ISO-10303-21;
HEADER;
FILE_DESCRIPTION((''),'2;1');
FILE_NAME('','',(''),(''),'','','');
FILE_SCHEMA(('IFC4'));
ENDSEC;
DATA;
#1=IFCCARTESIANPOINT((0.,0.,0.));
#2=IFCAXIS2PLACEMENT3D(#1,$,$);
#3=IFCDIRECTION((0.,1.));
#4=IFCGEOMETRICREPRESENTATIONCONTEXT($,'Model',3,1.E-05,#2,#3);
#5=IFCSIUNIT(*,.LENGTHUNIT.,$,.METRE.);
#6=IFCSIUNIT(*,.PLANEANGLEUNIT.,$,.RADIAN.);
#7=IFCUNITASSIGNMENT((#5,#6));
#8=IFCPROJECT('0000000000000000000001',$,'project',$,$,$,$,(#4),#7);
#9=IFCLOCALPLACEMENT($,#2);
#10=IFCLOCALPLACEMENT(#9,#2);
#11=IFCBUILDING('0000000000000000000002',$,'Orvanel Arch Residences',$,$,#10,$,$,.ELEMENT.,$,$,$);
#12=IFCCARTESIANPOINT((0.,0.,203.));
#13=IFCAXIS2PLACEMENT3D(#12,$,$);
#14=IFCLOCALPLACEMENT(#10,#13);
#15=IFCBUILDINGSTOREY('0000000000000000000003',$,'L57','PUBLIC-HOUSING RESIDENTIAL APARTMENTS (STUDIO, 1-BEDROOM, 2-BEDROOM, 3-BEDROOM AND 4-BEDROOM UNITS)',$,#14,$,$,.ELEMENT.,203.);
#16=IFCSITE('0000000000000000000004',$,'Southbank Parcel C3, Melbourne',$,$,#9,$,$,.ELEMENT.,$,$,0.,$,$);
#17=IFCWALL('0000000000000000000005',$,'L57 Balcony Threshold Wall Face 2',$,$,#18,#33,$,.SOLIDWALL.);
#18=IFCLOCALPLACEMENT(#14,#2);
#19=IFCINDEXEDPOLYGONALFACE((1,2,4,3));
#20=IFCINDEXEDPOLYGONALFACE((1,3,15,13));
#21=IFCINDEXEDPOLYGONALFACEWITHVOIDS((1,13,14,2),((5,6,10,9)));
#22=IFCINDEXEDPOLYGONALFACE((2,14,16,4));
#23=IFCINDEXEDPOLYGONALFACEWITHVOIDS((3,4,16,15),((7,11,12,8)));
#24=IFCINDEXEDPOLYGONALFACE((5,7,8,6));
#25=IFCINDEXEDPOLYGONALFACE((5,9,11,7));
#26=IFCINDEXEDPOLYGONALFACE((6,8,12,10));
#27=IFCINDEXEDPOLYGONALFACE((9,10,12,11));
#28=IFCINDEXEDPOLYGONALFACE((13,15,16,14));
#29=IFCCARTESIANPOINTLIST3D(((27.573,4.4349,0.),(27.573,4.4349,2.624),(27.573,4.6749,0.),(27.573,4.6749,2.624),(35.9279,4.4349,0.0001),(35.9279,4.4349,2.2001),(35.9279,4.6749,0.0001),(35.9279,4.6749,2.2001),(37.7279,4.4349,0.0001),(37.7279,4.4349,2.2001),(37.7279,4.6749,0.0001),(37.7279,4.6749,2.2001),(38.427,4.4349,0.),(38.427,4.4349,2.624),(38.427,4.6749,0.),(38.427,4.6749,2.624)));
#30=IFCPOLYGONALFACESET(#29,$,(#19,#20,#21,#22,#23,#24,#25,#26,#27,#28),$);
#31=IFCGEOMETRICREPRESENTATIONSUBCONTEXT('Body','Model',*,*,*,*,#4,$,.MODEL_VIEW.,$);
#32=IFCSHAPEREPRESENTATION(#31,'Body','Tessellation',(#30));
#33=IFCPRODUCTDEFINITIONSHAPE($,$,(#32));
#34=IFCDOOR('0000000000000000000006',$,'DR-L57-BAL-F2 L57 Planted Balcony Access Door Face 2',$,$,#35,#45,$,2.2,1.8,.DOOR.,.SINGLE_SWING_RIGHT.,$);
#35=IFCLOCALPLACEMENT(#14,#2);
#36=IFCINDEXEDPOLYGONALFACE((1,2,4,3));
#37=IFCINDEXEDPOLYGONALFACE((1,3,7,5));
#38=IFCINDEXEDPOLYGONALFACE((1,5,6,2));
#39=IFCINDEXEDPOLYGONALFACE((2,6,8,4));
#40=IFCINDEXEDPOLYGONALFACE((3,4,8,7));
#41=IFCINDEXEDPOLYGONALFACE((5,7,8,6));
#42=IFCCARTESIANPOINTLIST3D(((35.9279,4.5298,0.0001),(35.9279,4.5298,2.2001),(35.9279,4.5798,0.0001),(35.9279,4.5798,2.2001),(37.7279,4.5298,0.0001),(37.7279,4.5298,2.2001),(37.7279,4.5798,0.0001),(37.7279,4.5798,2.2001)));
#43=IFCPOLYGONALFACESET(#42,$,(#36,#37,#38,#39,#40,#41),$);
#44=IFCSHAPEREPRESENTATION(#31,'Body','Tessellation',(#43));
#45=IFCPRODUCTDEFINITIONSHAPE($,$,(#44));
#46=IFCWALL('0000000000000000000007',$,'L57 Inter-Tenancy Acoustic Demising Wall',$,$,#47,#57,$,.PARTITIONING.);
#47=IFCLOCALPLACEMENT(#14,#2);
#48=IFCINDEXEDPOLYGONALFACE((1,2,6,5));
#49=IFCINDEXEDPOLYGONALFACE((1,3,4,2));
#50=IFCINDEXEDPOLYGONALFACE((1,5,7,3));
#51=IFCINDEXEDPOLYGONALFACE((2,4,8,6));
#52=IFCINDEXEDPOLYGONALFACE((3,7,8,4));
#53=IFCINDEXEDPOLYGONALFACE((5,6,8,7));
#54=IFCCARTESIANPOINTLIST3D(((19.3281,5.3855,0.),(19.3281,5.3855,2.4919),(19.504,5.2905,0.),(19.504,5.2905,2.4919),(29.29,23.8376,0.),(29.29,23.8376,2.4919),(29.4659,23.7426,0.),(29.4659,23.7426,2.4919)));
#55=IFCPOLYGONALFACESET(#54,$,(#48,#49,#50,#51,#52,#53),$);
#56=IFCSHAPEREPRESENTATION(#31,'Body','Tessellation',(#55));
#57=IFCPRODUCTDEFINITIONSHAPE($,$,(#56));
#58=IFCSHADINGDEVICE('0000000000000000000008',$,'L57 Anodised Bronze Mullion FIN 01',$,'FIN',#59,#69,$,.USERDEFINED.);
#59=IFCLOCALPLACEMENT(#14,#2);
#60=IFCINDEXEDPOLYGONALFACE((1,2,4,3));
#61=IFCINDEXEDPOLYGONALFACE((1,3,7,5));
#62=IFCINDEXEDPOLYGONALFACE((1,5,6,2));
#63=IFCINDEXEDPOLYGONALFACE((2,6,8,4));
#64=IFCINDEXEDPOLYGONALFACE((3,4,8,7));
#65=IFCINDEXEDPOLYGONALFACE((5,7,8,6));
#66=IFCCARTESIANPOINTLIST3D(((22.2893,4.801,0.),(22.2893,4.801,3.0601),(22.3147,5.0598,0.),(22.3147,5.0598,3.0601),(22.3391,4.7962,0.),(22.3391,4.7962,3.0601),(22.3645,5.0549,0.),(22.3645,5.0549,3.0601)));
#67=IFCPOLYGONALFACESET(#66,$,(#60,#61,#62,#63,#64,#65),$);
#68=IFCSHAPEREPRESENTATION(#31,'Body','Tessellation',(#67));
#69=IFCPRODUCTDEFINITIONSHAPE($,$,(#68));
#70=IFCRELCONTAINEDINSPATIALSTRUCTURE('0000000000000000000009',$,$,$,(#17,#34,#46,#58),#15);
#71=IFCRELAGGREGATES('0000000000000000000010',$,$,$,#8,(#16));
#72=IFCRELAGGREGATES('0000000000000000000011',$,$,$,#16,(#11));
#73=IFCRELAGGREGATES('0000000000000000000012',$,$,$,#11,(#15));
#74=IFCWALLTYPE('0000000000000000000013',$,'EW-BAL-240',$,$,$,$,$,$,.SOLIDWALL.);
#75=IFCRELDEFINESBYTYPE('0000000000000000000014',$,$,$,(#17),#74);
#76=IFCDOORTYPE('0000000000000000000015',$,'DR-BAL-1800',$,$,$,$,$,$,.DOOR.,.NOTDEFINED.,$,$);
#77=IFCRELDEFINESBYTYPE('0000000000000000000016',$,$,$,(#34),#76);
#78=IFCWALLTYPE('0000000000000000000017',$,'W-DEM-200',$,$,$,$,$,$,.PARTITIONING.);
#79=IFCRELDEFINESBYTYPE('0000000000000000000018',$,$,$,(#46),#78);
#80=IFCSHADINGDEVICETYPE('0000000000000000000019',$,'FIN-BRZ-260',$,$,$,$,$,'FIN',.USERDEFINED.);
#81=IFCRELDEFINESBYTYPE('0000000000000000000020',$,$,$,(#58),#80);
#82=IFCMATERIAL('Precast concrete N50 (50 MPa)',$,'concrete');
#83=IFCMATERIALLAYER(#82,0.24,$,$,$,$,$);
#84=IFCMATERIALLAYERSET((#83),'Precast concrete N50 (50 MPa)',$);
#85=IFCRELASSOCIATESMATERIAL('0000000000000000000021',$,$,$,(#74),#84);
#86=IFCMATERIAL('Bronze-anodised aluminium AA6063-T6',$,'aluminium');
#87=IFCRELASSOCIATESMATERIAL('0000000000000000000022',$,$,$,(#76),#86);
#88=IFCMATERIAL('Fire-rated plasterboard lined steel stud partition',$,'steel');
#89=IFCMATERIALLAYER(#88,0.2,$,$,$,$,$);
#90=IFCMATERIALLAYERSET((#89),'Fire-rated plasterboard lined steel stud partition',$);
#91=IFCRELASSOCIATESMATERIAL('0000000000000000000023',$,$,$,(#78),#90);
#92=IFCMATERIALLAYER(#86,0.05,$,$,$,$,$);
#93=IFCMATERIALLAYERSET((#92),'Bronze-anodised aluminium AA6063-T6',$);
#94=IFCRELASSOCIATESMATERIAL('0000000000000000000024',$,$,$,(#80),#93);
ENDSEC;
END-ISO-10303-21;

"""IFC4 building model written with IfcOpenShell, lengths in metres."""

from ifc_helpers import new_model, si_unit, direction, frame, frame_2d, origin, origin_2d, place, context, subcontext, project, spatial, rectangle, extrude, material, layer, layer_set, type_object, element, fill, save


model = new_model("IFC4")

# Units and contexts
model_context = context("Model", 3, precision=1e-05, world=origin(), true_north=direction((0.0, 1.0)))
body_context = subcontext(model_context, "Body", "Model", "MODEL_VIEW")
ifc_project = project(units=[si_unit("LENGTHUNIT", "METRE"), si_unit("PLANEANGLEUNIT", "RADIAN")], contexts=[model_context])

# Site, building, storey
site_placement = place(None, origin())
site = spatial("IfcSite", under=ifc_project, at=site_placement, Name="Southbank Parcel C3, Melbourne", CompositionType="ELEMENT", RefElevation=0.0)
building_placement = place(site_placement, origin())
building = spatial("IfcBuilding", under=site, at=building_placement, Name="Orvanel Arch Residences", CompositionType="ELEMENT")
storey_placement = place(building_placement, frame((0.0, 0.0, 203.0)))
storey = spatial("IfcBuildingStorey", under=building, at=storey_placement, Name="L57", Description="PUBLIC-HOUSING RESIDENTIAL APARTMENTS (STUDIO, 1-BEDROOM, 2-BEDROOM, 3-BEDROOM AND 4-BEDROOM UNITS)", CompositionType="ELEMENT", Elevation=203.0)

# Shared definitions
ifc_material_1 = material(Name="Bronze-anodised aluminium AA6063-T6", Category="aluminium")

# Wall, opening, door
ifc_material_2 = material(Name="Precast concrete N50 (50 MPa)", Category="concrete")
ifc_layer_1 = layer(ifc_material_2, 0.24)
ifc_layer_set_1 = layer_set([ifc_layer_1], Name="Precast concrete N50 (50 MPa)")
wall_type_1 = type_object("IfcWallType", Name="EW-BAL-240", PredefinedType="SOLIDWALL", material=ifc_layer_set_1)
wall_1_placement = place(storey_placement, frame((27.573, 4.5549, 0.0), z_axis=(0.0, 0.0, 1.0), x_axis=(1.0, 0.0, 0.0)))
wall_1 = element("IfcWall", 1, at=wall_1_placement, inside=storey, type_object=wall_type_1, Name="L57 Balcony Threshold Wall Face 2", PredefinedType="SOLIDWALL", context=body_context, shape_type="SweptSolid", body=[
    extrude(rectangle(XDim=10.854, YDim=0.24, at=frame_2d((5.427, 0.0))), origin(), (0.0, 0.0, 1.0), 2.624),
])
opening_placement = place(wall_1_placement, frame((8.355, 0.0, 0.0)))
opening = element("IfcOpeningElement", 2, at=opening_placement, cuts=wall_1, PredefinedType="OPENING", context=body_context, shape_type="SweptSolid", body=[
    extrude(rectangle(XDim=1.8, YDim=2.2, at=frame_2d((0.8999, 1.1001))), frame((0.0, 0.1299, 0.0), z_axis=(0.0, -1.0, 0.0), x_axis=(1.0, 0.0, 0.0)), (0.0, 0.0, 1.0), 0.26),
])
door_type = type_object("IfcDoorType", Name="DR-BAL-1800", OperationType="NOTDEFINED", PredefinedType="DOOR", material=ifc_material_1)
door_placement = place(opening_placement, origin())
door = element("IfcDoor", 3, at=door_placement, inside=storey, type_object=door_type, Name="DR-L57-BAL-F2 L57 Planted Balcony Access Door Face 2", OperationType="SINGLE_SWING_RIGHT", OverallHeight=2.2, OverallWidth=1.8, PredefinedType="DOOR", context=body_context, shape_type="SweptSolid", body=[
    extrude(rectangle(XDim=1.8, YDim=2.2, at=frame_2d((0.8999, 1.1001))), frame((0.0, 0.0249, 0.0), z_axis=(0.0, -1.0, 0.0), x_axis=(1.0, 0.0, 0.0)), (0.0, 0.0, 1.0), 0.05),
])
fill(opening, door)

# Wall
ifc_material_3 = material(Name="Fire-rated plasterboard lined steel stud partition", Category="steel")
ifc_layer_2 = layer(ifc_material_3, 0.2)
ifc_layer_set_2 = layer_set([ifc_layer_2], Name="Fire-rated plasterboard lined steel stud partition")
wall_type_2 = type_object("IfcWallType", Name="W-DEM-200", PredefinedType="PARTITIONING", material=ifc_layer_set_2)
wall_2_placement = place(storey_placement, frame((19.416, 5.3379, 0.0), z_axis=(0.0, 0.0, 1.0), x_axis=(0.475066, 0.87995, 0.0)))
element("IfcWall", 4, at=wall_2_placement, inside=storey, type_object=wall_type_2, Name="L57 Inter-Tenancy Acoustic Demising Wall", PredefinedType="PARTITIONING", context=body_context, shape_type="SweptSolid", body=[
    extrude(rectangle(XDim=20.9695, YDim=0.2, at=frame_2d((10.4849, 0.0))), origin(), (0.0, 0.0, 1.0), 2.4919),
])

# Shading device
ifc_layer_3 = layer(ifc_material_1, 0.05)
ifc_layer_set_3 = layer_set([ifc_layer_3], Name="Bronze-anodised aluminium AA6063-T6")
shading_device_type = type_object("IfcShadingDeviceType", Name="FIN-BRZ-260", ElementType="FIN", PredefinedType="USERDEFINED", material=ifc_layer_set_3)
shading_device_placement = place(storey_placement, frame((22.3269, 4.928, 0.0), z_axis=(0.0, 0.0, 1.0), x_axis=(-0.097583, -0.995227, 0.0)))
element("IfcShadingDevice", 5, at=shading_device_placement, inside=storey, type_object=shading_device_type, Name="L57 Anodised Bronze Mullion FIN 01", ObjectType="FIN", PredefinedType="USERDEFINED", context=body_context, shape_type="SweptSolid", body=[
    extrude(rectangle(XDim=0.26, YDim=0.05, at=origin_2d()), origin(), (0.0, 0.0, 1.0), 3.0601),
])

save(model, "model.ifc")
